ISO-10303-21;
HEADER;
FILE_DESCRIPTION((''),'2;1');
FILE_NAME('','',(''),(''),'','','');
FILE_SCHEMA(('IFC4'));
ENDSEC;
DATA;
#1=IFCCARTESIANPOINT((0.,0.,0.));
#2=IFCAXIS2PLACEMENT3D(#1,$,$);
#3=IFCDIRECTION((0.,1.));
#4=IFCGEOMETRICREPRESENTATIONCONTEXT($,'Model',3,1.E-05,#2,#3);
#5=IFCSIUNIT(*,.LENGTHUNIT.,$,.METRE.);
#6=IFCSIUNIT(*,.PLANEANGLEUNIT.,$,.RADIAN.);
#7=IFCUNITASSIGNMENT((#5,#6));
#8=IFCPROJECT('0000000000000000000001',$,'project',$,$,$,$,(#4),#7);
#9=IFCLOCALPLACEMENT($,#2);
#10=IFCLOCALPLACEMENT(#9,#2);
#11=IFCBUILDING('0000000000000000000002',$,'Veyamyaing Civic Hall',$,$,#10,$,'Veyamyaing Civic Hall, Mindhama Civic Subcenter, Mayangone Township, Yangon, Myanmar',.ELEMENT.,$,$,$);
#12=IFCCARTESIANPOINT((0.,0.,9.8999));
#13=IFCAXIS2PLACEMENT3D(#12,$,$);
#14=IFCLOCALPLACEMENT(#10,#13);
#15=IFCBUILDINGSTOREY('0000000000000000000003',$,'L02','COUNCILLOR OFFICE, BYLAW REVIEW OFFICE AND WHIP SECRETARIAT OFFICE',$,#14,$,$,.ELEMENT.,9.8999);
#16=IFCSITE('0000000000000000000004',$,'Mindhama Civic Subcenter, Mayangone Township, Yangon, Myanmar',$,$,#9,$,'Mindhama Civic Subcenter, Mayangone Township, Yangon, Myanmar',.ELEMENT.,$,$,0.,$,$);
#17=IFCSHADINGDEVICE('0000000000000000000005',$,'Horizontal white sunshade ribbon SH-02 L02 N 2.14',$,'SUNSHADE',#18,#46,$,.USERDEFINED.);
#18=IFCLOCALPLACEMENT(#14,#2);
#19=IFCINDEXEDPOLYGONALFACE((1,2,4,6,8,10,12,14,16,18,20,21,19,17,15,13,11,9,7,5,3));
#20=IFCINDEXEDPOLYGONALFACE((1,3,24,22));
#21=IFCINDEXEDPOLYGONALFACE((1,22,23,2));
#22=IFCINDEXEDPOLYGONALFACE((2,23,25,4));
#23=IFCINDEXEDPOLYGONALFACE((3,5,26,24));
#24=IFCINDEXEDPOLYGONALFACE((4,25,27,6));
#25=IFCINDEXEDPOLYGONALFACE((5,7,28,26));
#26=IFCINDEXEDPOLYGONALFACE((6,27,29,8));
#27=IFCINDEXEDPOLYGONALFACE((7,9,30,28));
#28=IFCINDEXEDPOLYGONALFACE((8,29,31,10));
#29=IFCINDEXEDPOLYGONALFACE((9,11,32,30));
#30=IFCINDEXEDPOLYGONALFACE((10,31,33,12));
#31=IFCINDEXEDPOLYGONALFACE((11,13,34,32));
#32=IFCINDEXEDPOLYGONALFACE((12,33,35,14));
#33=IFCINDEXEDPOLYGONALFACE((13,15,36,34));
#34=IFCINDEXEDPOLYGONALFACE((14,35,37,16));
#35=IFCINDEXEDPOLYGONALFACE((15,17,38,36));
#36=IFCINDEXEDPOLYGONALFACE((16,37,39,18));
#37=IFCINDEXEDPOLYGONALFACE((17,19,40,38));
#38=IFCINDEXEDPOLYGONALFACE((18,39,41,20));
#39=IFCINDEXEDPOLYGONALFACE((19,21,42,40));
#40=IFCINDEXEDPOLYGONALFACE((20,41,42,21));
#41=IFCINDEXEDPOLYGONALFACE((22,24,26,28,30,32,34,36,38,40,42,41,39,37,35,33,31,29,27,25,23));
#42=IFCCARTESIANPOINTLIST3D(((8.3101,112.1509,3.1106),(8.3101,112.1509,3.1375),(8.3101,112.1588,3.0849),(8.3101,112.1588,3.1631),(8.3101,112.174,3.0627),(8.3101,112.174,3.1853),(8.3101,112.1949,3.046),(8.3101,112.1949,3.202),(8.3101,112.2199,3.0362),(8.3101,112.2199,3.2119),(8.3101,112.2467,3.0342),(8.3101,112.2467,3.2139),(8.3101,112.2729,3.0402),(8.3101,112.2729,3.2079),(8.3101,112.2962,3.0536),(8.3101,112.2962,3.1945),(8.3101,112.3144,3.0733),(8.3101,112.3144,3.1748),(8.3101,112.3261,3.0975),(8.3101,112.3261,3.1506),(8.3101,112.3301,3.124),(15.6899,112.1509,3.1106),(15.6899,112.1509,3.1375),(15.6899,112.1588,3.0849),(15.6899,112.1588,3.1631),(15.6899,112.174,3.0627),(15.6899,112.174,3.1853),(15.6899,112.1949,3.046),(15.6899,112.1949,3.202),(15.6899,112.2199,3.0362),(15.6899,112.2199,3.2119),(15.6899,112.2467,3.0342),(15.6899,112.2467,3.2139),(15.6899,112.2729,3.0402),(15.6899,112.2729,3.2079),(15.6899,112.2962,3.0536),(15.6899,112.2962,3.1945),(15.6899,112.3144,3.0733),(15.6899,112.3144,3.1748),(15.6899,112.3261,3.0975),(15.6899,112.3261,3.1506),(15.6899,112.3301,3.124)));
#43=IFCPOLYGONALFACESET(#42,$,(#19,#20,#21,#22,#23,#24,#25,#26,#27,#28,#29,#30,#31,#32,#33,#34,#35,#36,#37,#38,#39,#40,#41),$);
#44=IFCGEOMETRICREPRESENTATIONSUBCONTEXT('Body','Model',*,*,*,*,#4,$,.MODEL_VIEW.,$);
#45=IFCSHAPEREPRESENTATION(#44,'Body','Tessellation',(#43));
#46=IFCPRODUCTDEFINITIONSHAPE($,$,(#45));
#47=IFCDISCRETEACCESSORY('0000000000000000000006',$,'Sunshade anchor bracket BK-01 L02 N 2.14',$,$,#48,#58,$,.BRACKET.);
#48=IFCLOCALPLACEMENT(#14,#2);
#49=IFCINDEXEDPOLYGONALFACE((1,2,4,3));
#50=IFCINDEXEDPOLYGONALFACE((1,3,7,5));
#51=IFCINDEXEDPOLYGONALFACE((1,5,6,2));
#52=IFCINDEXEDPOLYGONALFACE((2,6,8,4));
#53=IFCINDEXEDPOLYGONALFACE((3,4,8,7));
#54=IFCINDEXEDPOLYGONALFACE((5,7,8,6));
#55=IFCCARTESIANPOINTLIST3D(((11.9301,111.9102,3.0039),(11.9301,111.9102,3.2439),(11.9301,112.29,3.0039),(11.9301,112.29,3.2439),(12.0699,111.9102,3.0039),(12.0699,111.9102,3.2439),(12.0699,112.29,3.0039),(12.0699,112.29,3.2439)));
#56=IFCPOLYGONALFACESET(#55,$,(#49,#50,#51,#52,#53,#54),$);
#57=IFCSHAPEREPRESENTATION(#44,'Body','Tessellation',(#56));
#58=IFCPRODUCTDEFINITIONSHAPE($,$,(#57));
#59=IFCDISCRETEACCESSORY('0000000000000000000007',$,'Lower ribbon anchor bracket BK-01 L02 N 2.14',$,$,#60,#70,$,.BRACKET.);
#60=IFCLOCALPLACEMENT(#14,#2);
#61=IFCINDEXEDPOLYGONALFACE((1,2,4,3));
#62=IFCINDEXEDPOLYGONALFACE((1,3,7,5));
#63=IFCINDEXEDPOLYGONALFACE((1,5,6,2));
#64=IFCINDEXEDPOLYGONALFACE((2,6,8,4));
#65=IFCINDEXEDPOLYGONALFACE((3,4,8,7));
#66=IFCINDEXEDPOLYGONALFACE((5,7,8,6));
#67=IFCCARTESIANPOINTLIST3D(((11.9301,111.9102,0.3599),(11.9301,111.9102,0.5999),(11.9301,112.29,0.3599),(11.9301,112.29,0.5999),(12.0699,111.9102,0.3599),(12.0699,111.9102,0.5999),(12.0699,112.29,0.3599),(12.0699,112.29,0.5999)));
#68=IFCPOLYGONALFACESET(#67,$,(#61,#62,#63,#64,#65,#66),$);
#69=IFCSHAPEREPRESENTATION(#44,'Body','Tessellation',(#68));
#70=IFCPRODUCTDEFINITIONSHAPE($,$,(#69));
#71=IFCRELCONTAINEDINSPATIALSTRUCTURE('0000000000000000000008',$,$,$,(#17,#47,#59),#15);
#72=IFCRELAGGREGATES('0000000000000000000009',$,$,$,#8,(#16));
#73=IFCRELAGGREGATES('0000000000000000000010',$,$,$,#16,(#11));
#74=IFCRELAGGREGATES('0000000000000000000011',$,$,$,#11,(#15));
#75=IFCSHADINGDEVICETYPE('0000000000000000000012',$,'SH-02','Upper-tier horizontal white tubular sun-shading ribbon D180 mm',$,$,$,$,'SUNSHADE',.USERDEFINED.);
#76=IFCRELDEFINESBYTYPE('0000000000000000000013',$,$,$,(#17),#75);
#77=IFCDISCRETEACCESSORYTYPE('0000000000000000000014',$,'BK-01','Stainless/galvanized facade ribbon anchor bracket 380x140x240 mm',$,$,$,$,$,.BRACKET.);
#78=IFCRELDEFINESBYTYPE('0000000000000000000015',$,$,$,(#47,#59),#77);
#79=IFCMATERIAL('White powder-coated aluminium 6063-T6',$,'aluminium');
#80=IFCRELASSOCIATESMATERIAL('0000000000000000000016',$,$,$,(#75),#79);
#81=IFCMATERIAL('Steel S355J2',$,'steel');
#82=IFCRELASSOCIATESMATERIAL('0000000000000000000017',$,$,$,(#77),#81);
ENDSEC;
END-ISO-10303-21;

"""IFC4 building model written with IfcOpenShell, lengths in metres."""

from ifc_helpers import new_model, si_unit, direction, frame, origin, origin_2d, place, context, subcontext, project, spatial, rectangle, circle, extrude, material, material_profile, profile_set, type_object, element, save


model = new_model("IFC4")

# Units and contexts
model_context = context("Model", 3, precision=1e-05, world=origin(), true_north=direction((0.0, 1.0)))
body_context = subcontext(model_context, "Body", "Model", "MODEL_VIEW")
ifc_project = project(units=[si_unit("LENGTHUNIT", "METRE"), si_unit("PLANEANGLEUNIT", "RADIAN")], contexts=[model_context])

# Site, building, storey
site_placement = place(None, origin())
site = spatial("IfcSite", under=ifc_project, at=site_placement, Name="Mindhama Civic Subcenter, Mayangone Township, Yangon, Myanmar", LongName="Mindhama Civic Subcenter, Mayangone Township, Yangon, Myanmar", CompositionType="ELEMENT", RefElevation=0.0)
building_placement = place(site_placement, origin())
building = spatial("IfcBuilding", under=site, at=building_placement, Name="Veyamyaing Civic Hall", LongName="Veyamyaing Civic Hall, Mindhama Civic Subcenter, Mayangone Township, Yangon, Myanmar", CompositionType="ELEMENT")
storey_placement = place(building_placement, frame((0.0, 0.0, 9.8999)))
storey = spatial("IfcBuildingStorey", under=building, at=storey_placement, Name="L02", Description="COUNCILLOR OFFICE, BYLAW REVIEW OFFICE AND WHIP SECRETARIAT OFFICE", CompositionType="ELEMENT", Elevation=9.8999)

# Shared definitions
ifc_material_1 = material(Name="White powder-coated aluminium 6063-T6", Category="aluminium")

# Shading device
ifc_material_profile_1 = material_profile(ifc_material_1, circle(Radius=0.0901, at=origin_2d()), Name="SHADE-TUBE-180")
ifc_profile_set_1 = profile_set([ifc_material_profile_1], Name="White powder-coated aluminium 6063-T6")
shading_device_type = type_object("IfcShadingDeviceType", Name="SH-02", Description="Upper-tier horizontal white tubular sun-shading ribbon D180 mm", ElementType="SUNSHADE", PredefinedType="USERDEFINED", material=ifc_profile_set_1)
shading_device_placement = place(storey_placement, frame((8.3101, 112.24, 3.124), z_axis=(1.0, 0.0, 0.0), x_axis=(0.0, 1.0, 0.0)))
element("IfcShadingDevice", 1, at=shading_device_placement, inside=storey, type_object=shading_device_type, Name="Horizontal white sunshade ribbon SH-02 L02 N 2.14", ObjectType="SUNSHADE", PredefinedType="USERDEFINED", context=body_context, shape_type="SweptSolid", body=[
    extrude(circle(Radius=0.0901, at=origin_2d()), origin(), (0.0, 0.0, 1.0), 7.3799),
])

# Discrete accessories
ifc_material_2 = material(Name="Steel S355J2", Category="steel")
discrete_accessory_type = type_object("IfcDiscreteAccessoryType", Name="BK-01", Description="Stainless/galvanized facade ribbon anchor bracket 380x140x240 mm", PredefinedType="BRACKET", material=ifc_material_2)
for number, where, z_axis, x_axis, name in (
    (2, (12.0, 112.1001, 3.0039), (0.0, 0.0, 1.0), (0.0, 1.0, 0.0), "Sunshade anchor bracket BK-01 L02 N 2.14"),
    (3, (12.0, 112.1001, 0.3599), (0.0, 0.0, 1.0), (0.0, 1.0, 0.0), "Lower ribbon anchor bracket BK-01 L02 N 2.14"),
):
    element("IfcDiscreteAccessory", number, at=place(storey_placement, frame(where, z_axis=z_axis, x_axis=x_axis)), inside=storey, type_object=discrete_accessory_type, Name=name, PredefinedType="BRACKET", context=body_context, shape_type="SweptSolid", body=[
        extrude(rectangle(XDim=0.3799, YDim=0.1399, at=origin_2d()), origin(), (0.0, 0.0, 1.0), 0.24),
    ])

save(model, "model.ifc")
